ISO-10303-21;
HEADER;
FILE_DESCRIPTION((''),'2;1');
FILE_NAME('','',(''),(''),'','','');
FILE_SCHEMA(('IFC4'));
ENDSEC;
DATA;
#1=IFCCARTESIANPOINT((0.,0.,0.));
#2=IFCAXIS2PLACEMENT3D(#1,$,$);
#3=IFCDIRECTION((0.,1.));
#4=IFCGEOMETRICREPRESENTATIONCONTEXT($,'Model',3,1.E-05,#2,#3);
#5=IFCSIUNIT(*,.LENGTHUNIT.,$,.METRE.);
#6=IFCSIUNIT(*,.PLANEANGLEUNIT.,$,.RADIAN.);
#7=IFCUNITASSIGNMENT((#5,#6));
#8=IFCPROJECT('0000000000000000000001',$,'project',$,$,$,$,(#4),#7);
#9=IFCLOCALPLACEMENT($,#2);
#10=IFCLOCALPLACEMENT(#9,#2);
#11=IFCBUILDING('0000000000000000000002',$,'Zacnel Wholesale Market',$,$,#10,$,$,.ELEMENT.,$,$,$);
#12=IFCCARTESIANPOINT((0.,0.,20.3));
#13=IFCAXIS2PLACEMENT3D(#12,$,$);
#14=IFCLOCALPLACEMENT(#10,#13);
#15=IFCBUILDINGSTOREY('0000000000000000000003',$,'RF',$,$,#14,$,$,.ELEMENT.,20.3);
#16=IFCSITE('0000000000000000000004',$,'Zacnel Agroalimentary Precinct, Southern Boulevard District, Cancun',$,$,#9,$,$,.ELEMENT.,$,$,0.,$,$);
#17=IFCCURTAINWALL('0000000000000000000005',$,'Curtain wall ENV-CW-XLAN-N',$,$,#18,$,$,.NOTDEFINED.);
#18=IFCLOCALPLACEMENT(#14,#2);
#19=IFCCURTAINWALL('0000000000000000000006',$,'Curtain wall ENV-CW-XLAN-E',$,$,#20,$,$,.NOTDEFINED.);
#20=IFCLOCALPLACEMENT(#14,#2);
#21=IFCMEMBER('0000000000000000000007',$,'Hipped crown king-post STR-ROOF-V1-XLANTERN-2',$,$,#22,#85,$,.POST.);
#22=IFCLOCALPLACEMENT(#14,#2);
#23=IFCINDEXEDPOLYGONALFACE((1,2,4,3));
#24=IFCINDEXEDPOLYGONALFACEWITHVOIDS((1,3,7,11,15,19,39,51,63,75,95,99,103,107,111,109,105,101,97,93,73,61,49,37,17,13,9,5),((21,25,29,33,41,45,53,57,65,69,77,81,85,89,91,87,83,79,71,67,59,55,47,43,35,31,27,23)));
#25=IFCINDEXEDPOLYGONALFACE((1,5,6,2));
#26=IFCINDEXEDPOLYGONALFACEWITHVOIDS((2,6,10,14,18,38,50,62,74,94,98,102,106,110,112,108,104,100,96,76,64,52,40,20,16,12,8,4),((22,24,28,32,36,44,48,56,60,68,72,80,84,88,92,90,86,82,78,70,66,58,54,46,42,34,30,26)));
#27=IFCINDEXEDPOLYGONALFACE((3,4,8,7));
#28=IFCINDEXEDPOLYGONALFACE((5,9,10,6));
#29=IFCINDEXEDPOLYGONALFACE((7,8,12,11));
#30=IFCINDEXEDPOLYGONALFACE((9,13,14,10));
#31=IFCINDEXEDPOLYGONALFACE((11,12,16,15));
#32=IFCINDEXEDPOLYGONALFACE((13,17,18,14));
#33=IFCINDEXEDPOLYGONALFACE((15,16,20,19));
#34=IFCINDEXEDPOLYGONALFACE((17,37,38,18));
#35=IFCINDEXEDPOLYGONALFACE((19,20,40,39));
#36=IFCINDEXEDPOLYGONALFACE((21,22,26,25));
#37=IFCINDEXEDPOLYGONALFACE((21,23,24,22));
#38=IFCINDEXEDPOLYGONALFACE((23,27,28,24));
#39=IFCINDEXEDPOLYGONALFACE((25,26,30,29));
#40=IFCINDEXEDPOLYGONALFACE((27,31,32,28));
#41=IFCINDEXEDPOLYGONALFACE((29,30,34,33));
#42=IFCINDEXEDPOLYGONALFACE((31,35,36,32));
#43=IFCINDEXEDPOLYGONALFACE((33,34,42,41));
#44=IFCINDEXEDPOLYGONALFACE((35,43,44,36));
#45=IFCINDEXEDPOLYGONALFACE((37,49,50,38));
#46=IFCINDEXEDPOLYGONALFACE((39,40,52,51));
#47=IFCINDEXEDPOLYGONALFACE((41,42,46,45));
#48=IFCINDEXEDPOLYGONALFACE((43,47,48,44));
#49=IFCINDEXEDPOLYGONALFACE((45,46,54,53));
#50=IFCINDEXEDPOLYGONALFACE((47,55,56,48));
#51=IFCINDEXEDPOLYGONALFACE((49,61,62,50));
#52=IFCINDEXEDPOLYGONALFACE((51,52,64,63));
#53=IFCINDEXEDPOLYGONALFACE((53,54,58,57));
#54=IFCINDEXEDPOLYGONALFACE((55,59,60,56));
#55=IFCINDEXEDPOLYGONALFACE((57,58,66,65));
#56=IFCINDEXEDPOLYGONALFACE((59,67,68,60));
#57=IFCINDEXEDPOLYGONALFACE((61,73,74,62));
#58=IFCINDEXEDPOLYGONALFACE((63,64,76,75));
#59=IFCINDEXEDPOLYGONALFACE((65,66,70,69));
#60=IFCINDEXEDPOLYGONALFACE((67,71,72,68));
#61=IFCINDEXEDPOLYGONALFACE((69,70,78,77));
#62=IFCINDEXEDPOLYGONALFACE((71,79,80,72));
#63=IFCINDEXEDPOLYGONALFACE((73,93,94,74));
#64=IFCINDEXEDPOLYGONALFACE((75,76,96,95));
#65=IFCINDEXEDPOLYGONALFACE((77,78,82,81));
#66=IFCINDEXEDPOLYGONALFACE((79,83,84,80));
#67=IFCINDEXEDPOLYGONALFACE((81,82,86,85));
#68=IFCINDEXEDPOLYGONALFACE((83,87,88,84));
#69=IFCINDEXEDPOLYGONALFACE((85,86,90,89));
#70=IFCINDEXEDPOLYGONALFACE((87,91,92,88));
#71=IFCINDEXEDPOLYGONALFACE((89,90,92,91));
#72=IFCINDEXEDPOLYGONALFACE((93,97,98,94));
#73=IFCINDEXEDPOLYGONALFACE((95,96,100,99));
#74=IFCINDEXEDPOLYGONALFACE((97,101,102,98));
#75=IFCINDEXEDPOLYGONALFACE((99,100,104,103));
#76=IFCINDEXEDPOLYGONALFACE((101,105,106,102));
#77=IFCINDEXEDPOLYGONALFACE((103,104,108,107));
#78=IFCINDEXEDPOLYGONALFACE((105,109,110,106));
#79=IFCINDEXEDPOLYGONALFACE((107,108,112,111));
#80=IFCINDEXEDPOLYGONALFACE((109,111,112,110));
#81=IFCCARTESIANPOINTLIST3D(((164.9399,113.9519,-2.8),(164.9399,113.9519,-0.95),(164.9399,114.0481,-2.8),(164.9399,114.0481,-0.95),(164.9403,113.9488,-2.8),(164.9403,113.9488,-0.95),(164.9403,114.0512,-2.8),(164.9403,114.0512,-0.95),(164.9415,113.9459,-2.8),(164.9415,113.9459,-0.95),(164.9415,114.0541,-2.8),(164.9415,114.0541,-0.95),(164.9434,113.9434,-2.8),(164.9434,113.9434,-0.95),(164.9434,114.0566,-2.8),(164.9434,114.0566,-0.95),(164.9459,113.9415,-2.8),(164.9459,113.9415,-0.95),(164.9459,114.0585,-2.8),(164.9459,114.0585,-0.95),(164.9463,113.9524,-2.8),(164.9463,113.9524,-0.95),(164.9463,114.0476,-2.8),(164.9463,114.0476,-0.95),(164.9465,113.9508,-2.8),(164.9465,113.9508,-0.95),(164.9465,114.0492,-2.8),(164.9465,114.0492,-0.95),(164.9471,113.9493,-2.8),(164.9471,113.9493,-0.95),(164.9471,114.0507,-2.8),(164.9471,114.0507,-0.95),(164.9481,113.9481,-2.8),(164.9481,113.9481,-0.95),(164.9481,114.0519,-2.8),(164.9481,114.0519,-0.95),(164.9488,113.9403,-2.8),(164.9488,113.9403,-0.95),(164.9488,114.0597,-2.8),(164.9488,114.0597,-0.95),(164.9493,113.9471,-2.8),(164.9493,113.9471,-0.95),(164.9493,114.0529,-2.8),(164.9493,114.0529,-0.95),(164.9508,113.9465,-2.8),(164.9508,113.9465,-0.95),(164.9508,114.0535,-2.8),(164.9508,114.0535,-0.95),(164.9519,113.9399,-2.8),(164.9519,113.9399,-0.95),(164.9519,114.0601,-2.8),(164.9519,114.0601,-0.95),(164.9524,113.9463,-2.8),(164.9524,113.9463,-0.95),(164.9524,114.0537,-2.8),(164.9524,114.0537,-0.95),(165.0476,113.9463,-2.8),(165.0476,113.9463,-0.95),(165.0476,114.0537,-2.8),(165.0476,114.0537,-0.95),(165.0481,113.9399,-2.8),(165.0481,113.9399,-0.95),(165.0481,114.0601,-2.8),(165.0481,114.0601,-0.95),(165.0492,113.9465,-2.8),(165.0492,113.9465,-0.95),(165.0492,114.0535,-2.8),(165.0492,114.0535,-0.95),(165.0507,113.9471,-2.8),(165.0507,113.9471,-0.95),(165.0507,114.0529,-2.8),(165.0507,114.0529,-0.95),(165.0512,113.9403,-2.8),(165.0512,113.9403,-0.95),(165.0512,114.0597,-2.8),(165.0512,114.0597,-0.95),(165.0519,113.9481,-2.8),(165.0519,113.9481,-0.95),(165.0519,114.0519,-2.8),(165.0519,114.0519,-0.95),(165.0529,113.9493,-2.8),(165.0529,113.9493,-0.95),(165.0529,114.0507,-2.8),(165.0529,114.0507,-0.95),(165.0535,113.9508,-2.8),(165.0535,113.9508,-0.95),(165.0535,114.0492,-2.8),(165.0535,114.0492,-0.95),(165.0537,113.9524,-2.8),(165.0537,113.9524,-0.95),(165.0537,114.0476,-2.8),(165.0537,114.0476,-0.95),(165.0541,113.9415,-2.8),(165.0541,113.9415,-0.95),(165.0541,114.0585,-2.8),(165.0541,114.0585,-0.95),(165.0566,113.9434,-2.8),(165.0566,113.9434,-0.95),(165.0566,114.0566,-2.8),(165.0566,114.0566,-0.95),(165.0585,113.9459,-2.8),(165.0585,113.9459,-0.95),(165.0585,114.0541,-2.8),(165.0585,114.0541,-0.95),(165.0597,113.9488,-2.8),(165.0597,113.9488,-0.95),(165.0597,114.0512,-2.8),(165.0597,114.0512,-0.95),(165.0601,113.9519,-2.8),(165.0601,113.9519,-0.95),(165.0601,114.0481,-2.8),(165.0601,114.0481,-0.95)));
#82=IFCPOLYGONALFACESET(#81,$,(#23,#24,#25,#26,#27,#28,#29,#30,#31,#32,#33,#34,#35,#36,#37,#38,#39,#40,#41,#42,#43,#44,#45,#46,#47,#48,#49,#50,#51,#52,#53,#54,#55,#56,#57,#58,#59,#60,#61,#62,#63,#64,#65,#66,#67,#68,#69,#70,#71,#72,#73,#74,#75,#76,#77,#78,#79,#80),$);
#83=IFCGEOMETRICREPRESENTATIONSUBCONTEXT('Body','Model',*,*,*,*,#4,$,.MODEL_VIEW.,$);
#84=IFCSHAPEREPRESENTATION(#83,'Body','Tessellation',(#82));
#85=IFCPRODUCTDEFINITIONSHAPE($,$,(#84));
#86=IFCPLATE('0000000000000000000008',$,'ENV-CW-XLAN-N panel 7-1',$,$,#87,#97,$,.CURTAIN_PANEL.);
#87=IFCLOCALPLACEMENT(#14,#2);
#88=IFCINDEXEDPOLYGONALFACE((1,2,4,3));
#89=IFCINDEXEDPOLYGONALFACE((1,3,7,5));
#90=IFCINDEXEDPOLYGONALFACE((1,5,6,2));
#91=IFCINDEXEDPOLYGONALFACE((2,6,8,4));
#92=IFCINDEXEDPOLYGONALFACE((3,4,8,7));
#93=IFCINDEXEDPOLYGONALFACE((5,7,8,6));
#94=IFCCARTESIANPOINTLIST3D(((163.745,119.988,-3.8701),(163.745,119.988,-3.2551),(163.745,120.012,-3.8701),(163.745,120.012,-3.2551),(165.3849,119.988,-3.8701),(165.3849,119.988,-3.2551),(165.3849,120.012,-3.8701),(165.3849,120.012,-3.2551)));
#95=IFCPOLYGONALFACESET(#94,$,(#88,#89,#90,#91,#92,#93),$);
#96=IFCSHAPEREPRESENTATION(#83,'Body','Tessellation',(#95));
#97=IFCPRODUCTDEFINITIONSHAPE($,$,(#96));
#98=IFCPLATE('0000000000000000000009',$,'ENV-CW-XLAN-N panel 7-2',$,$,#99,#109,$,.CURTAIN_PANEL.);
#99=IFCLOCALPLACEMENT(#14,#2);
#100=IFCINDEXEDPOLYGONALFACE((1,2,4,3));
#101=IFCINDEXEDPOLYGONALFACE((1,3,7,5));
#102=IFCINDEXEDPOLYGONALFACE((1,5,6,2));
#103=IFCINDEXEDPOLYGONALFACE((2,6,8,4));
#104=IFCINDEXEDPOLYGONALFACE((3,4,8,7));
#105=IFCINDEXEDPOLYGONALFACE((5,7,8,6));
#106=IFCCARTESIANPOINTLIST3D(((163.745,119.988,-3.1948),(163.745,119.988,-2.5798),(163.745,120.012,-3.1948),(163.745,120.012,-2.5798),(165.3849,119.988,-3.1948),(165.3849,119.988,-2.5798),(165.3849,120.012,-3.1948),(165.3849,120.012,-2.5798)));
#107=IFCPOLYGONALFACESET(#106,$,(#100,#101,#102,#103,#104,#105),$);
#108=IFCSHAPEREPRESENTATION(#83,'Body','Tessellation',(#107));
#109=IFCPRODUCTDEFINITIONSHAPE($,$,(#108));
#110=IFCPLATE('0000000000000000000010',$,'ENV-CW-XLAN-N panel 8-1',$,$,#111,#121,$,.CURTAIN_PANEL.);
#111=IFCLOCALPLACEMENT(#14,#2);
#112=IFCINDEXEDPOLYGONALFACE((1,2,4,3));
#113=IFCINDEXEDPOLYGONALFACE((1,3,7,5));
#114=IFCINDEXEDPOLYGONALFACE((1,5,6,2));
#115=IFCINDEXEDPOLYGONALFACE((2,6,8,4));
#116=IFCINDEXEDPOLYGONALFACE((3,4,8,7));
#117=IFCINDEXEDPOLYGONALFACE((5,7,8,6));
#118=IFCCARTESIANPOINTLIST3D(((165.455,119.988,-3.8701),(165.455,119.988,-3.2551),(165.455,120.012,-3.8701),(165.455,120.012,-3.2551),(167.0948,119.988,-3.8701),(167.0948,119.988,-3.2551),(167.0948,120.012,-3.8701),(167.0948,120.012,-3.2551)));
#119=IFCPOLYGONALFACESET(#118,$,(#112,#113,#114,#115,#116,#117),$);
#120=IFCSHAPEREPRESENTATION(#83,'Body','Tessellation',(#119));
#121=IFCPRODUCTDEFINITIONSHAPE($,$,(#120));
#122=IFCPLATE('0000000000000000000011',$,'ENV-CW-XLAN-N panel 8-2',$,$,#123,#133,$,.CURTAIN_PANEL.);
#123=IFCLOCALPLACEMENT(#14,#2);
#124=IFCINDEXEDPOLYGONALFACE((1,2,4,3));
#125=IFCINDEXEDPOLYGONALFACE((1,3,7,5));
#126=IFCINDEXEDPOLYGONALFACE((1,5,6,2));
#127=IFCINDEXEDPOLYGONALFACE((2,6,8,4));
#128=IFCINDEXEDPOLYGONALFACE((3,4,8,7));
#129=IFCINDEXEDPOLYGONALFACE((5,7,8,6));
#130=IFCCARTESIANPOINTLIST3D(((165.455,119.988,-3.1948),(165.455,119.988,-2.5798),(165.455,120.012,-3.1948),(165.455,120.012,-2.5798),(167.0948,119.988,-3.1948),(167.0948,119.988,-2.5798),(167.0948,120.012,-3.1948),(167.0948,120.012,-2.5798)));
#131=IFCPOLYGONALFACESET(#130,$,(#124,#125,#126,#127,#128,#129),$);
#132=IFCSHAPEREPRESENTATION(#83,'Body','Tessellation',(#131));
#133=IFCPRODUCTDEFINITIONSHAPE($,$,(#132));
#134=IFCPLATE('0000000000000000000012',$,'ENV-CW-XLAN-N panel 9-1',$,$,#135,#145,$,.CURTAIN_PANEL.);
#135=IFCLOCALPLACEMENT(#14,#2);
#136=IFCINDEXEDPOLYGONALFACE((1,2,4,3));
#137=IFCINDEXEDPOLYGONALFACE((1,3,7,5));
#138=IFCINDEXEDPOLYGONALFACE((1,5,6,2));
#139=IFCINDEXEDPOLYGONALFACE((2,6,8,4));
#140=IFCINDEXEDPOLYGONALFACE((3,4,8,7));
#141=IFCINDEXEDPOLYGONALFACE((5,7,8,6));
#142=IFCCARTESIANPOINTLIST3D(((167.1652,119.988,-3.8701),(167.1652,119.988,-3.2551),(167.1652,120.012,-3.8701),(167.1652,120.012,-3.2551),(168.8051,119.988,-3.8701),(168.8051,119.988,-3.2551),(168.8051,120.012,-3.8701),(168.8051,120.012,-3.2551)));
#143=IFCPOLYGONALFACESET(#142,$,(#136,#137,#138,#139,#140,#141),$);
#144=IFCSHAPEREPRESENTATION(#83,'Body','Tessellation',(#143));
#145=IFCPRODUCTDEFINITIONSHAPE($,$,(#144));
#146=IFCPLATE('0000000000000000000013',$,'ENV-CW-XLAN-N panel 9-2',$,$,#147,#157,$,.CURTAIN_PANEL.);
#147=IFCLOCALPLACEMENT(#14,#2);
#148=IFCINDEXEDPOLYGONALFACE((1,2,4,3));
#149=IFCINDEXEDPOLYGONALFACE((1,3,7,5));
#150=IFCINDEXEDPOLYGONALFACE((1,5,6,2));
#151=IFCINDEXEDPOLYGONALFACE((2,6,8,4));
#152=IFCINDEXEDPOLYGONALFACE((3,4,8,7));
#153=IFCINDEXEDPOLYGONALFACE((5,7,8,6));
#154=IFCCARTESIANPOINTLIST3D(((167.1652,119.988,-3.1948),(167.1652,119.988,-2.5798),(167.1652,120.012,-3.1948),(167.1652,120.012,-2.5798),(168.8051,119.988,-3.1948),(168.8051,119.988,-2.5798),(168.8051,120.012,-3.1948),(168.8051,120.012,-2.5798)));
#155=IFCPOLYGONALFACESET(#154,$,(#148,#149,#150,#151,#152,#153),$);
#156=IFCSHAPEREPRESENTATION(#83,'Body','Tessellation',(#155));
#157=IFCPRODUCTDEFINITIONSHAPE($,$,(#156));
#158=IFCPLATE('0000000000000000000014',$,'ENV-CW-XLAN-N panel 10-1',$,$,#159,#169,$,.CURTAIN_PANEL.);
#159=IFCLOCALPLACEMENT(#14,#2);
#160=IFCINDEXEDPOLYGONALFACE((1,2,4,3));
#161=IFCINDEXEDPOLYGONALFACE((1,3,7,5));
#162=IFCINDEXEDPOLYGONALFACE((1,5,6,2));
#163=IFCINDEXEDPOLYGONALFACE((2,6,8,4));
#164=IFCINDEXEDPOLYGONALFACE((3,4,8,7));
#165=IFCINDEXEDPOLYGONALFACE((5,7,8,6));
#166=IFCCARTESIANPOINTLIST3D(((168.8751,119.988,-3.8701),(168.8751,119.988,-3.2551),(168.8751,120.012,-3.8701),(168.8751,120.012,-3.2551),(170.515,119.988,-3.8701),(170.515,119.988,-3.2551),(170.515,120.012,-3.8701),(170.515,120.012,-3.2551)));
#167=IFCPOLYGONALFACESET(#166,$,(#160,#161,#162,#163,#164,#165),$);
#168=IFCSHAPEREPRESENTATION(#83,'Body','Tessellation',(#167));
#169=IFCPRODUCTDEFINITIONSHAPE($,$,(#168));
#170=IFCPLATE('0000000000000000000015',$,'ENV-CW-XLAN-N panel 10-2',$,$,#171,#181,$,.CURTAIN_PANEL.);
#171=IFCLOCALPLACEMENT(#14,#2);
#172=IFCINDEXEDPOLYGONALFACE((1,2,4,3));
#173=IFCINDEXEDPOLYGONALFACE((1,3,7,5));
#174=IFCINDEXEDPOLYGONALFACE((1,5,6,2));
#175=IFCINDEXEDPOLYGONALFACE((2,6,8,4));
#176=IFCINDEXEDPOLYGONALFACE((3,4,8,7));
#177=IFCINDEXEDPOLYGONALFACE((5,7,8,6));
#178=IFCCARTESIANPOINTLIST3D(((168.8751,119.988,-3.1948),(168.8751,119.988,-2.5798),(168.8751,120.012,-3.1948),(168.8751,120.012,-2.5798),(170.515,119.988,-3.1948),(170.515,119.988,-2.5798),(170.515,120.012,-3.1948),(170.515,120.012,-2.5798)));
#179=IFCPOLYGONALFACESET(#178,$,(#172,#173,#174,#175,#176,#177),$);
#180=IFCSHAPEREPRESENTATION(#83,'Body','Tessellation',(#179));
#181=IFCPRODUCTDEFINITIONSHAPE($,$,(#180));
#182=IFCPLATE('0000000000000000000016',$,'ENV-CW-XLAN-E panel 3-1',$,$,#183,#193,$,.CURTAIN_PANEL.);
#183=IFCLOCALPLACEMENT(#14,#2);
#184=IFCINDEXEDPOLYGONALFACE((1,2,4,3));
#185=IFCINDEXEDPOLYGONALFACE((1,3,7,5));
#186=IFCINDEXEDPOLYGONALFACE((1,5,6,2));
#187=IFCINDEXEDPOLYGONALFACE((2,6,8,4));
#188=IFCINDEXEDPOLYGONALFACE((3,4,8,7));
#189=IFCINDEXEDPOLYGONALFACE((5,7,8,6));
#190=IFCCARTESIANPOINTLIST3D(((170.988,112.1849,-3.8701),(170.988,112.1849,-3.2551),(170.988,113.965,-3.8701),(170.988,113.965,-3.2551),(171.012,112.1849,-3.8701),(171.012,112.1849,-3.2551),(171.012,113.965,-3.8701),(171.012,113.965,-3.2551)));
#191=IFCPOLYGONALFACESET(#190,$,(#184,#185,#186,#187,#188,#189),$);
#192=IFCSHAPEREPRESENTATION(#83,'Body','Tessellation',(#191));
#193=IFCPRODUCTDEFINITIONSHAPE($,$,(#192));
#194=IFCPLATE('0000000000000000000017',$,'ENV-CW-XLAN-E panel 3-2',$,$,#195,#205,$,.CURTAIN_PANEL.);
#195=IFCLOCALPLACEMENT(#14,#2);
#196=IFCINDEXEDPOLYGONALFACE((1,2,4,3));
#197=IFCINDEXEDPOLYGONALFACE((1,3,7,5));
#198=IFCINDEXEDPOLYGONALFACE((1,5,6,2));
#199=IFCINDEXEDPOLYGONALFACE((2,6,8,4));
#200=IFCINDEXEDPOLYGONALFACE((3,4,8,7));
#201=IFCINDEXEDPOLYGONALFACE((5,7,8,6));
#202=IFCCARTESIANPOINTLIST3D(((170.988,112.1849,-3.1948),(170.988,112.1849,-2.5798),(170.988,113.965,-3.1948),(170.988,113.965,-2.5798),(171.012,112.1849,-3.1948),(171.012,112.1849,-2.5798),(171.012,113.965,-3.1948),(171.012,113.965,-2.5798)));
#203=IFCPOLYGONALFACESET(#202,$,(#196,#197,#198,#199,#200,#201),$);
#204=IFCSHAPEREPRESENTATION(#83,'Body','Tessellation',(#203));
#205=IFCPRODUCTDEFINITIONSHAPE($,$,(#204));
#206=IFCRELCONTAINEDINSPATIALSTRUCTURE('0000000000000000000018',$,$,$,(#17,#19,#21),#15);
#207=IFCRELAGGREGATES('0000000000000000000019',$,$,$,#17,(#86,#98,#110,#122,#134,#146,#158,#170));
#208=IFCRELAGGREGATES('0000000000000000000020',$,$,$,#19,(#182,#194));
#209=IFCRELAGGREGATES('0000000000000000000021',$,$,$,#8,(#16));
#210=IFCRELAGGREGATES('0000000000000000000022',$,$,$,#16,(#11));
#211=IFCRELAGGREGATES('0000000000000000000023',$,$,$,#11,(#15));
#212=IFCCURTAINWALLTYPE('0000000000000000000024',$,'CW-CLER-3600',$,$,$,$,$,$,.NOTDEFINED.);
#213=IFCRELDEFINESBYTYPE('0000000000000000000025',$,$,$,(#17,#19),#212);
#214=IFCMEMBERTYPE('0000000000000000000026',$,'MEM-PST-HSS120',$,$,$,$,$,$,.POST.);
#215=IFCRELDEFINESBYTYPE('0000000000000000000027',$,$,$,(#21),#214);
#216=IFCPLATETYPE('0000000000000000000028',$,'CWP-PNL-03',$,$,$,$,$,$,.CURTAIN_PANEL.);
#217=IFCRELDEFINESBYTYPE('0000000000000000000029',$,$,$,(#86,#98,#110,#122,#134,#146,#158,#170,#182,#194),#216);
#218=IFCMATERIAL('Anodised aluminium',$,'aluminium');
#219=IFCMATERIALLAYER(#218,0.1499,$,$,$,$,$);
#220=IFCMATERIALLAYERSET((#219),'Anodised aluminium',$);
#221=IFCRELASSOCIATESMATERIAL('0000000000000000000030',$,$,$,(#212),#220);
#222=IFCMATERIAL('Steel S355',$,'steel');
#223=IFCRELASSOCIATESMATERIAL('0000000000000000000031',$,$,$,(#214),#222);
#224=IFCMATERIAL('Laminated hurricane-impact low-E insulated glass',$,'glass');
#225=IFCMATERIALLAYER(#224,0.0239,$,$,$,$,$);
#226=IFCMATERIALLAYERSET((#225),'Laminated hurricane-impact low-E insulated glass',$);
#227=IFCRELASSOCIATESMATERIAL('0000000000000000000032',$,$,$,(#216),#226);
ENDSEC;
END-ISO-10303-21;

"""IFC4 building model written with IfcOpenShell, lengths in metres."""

from ifc_helpers import new_model, si_unit, direction, frame, origin, origin_2d, place, context, subcontext, project, spatial, rectangle, hollow_rectangle, extrude, material, layer, layer_set, material_profile, profile_set, type_object, element, aggregate, save


model = new_model("IFC4")

# Units and contexts
model_context = context("Model", 3, precision=1e-05, world=origin(), true_north=direction((0.0, 1.0)))
body_context = subcontext(model_context, "Body", "Model", "MODEL_VIEW")
ifc_project = project(units=[si_unit("LENGTHUNIT", "METRE"), si_unit("PLANEANGLEUNIT", "RADIAN")], contexts=[model_context])

# Site, building, storey
site_placement = place(None, origin())
site = spatial("IfcSite", under=ifc_project, at=site_placement, Name="Zacnel Agroalimentary Precinct, Southern Boulevard District, Cancun", CompositionType="ELEMENT", RefElevation=0.0)
building_placement = place(site_placement, origin())
building = spatial("IfcBuilding", under=site, at=building_placement, Name="Zacnel Wholesale Market", CompositionType="ELEMENT")
storey_placement = place(building_placement, frame((0.0, 0.0, 20.3)))
storey = spatial("IfcBuildingStorey", under=building, at=storey_placement, Name="RF", CompositionType="ELEMENT", Elevation=20.3)

# Curtain wall
ifc_material_1 = material(Name="Anodised aluminium", Category="aluminium")
ifc_layer_1 = layer(ifc_material_1, 0.1499)
ifc_layer_set_1 = layer_set([ifc_layer_1], Name="Anodised aluminium")
curtain_wall_type = type_object("IfcCurtainWallType", Name="CW-CLER-3600", PredefinedType="NOTDEFINED", material=ifc_layer_set_1)
curtain_wall_1_placement = place(storey_placement, origin())
curtain_wall_1 = element("IfcCurtainWall", 1, at=curtain_wall_1_placement, inside=storey, type_object=curtain_wall_type, Name="Curtain wall ENV-CW-XLAN-N", PredefinedType="NOTDEFINED")

# Curtain wall
curtain_wall_2_placement = place(storey_placement, origin())
curtain_wall_2 = element("IfcCurtainWall", 2, at=curtain_wall_2_placement, inside=storey, type_object=curtain_wall_type, Name="Curtain wall ENV-CW-XLAN-E", PredefinedType="NOTDEFINED")

# Member
ifc_material_2 = material(Name="Steel S355", Category="steel")
ifc_material_profile_1 = material_profile(ifc_material_2, hollow_rectangle(XDim=0.1201, YDim=0.1201, WallThickness=0.0063, InnerFilletRadius=0.0061, OuterFilletRadius=0.012, at=origin_2d()), Name="HSS 120x120x6.3")
ifc_profile_set_1 = profile_set([ifc_material_profile_1], Name="Steel S355")
member_type_1 = type_object("IfcMemberType", Name="MEM-PST-HSS120", PredefinedType="POST", material=ifc_profile_set_1)
member_1_placement = place(storey_placement, frame((165.0, 114.0, -2.8), z_axis=(0.0, 0.0, 1.0), x_axis=(1.0, 0.0, 0.0)))
element("IfcMember", 3, at=member_1_placement, inside=storey, type_object=member_type_1, Name="Hipped crown king-post STR-ROOF-V1-XLANTERN-2", PredefinedType="POST", context=body_context, shape_type="SweptSolid", body=[
    extrude(hollow_rectangle(XDim=0.1201, YDim=0.1201, WallThickness=0.0063, InnerFilletRadius=0.0061, OuterFilletRadius=0.012, at=origin_2d()), origin(), (0.0, 0.0, 1.0), 1.8501),
])

# Plates
ifc_material_3 = material(Name="Laminated hurricane-impact low-E insulated glass", Category="glass")
ifc_layer_2 = layer(ifc_material_3, 0.0239)
ifc_layer_set_2 = layer_set([ifc_layer_2], Name="Laminated hurricane-impact low-E insulated glass")
plate_type = type_object("IfcPlateType", Name="CWP-PNL-03", PredefinedType="CURTAIN_PANEL", material=ifc_layer_set_2)
plate_1_placement = place(storey_placement, frame((164.5649, 120.0, -3.8701), z_axis=(0.0, 0.0, 1.0), x_axis=(1.0, 0.0, 0.0)))
plate_1 = element("IfcPlate", 4, at=plate_1_placement, type_object=plate_type, Name="ENV-CW-XLAN-N panel 7-1", PredefinedType="CURTAIN_PANEL", context=body_context, shape_type="SweptSolid", body=[
    extrude(rectangle(XDim=1.6399, YDim=0.0239, at=origin_2d()), origin(), (0.0, 0.0, 1.0), 0.615),
])
plate_2_placement = place(storey_placement, frame((164.5649, 120.0, -3.1948), z_axis=(0.0, 0.0, 1.0), x_axis=(1.0, 0.0, 0.0)))
plate_2 = element("IfcPlate", 5, at=plate_2_placement, type_object=plate_type, Name="ENV-CW-XLAN-N panel 7-2", PredefinedType="CURTAIN_PANEL", context=body_context, shape_type="SweptSolid", body=[
    extrude(rectangle(XDim=1.6399, YDim=0.0239, at=origin_2d()), origin(), (0.0, 0.0, 1.0), 0.615),
])
plate_3_placement = place(storey_placement, frame((166.2749, 120.0, -3.8701), z_axis=(0.0, 0.0, 1.0), x_axis=(1.0, 0.0, 0.0)))
plate_3 = element("IfcPlate", 6, at=plate_3_placement, type_object=plate_type, Name="ENV-CW-XLAN-N panel 8-1", PredefinedType="CURTAIN_PANEL", context=body_context, shape_type="SweptSolid", body=[
    extrude(rectangle(XDim=1.6399, YDim=0.0239, at=origin_2d()), origin(), (0.0, 0.0, 1.0), 0.615),
])
plate_4_placement = place(storey_placement, frame((166.2749, 120.0, -3.1948), z_axis=(0.0, 0.0, 1.0), x_axis=(1.0, 0.0, 0.0)))
plate_4 = element("IfcPlate", 7, at=plate_4_placement, type_object=plate_type, Name="ENV-CW-XLAN-N panel 8-2", PredefinedType="CURTAIN_PANEL", context=body_context, shape_type="SweptSolid", body=[
    extrude(rectangle(XDim=1.6399, YDim=0.0239, at=origin_2d()), origin(), (0.0, 0.0, 1.0), 0.615),
])
plate_5_placement = place(storey_placement, frame((167.9851, 120.0, -3.8701), z_axis=(0.0, 0.0, 1.0), x_axis=(1.0, 0.0, 0.0)))
plate_5 = element("IfcPlate", 8, at=plate_5_placement, type_object=plate_type, Name="ENV-CW-XLAN-N panel 9-1", PredefinedType="CURTAIN_PANEL", context=body_context, shape_type="SweptSolid", body=[
    extrude(rectangle(XDim=1.6399, YDim=0.0239, at=origin_2d()), origin(), (0.0, 0.0, 1.0), 0.615),
])
plate_6_placement = place(storey_placement, frame((167.9851, 120.0, -3.1948), z_axis=(0.0, 0.0, 1.0), x_axis=(1.0, 0.0, 0.0)))
plate_6 = element("IfcPlate", 9, at=plate_6_placement, type_object=plate_type, Name="ENV-CW-XLAN-N panel 9-2", PredefinedType="CURTAIN_PANEL", context=body_context, shape_type="SweptSolid", body=[
    extrude(rectangle(XDim=1.6399, YDim=0.0239, at=origin_2d()), origin(), (0.0, 0.0, 1.0), 0.615),
])
plate_7_placement = place(storey_placement, frame((169.6951, 120.0, -3.8701), z_axis=(0.0, 0.0, 1.0), x_axis=(1.0, 0.0, 0.0)))
plate_7 = element("IfcPlate", 10, at=plate_7_placement, type_object=plate_type, Name="ENV-CW-XLAN-N panel 10-1", PredefinedType="CURTAIN_PANEL", context=body_context, shape_type="SweptSolid", body=[
    extrude(rectangle(XDim=1.6399, YDim=0.0239, at=origin_2d()), origin(), (0.0, 0.0, 1.0), 0.615),
])
plate_8_placement = place(storey_placement, frame((169.6951, 120.0, -3.1948), z_axis=(0.0, 0.0, 1.0), x_axis=(1.0, 0.0, 0.0)))
plate_8 = element("IfcPlate", 11, at=plate_8_placement, type_object=plate_type, Name="ENV-CW-XLAN-N panel 10-2", PredefinedType="CURTAIN_PANEL", context=body_context, shape_type="SweptSolid", body=[
    extrude(rectangle(XDim=1.6399, YDim=0.0239, at=origin_2d()), origin(), (0.0, 0.0, 1.0), 0.615),
])
aggregate(curtain_wall_1, [plate_1, plate_2, plate_3, plate_4, plate_5, plate_6, plate_7, plate_8])
plate_9_placement = place(storey_placement, frame((171.0, 113.075, -3.8701), z_axis=(0.0, 0.0, 1.0), x_axis=(0.0, 1.0, 0.0)))
plate_9 = element("IfcPlate", 12, at=plate_9_placement, type_object=plate_type, Name="ENV-CW-XLAN-E panel 3-1", PredefinedType="CURTAIN_PANEL", context=body_context, shape_type="SweptSolid", body=[
    extrude(rectangle(XDim=1.78, YDim=0.0239, at=origin_2d()), origin(), (0.0, 0.0, 1.0), 0.615),
])
plate_10_placement = place(storey_placement, frame((171.0, 113.075, -3.1948), z_axis=(0.0, 0.0, 1.0), x_axis=(0.0, 1.0, 0.0)))
plate_10 = element("IfcPlate", 13, at=plate_10_placement, type_object=plate_type, Name="ENV-CW-XLAN-E panel 3-2", PredefinedType="CURTAIN_PANEL", context=body_context, shape_type="SweptSolid", body=[
    extrude(rectangle(XDim=1.78, YDim=0.0239, at=origin_2d()), origin(), (0.0, 0.0, 1.0), 0.615),
])
aggregate(curtain_wall_2, [plate_9, plate_10])

save(model, "model.ifc")
